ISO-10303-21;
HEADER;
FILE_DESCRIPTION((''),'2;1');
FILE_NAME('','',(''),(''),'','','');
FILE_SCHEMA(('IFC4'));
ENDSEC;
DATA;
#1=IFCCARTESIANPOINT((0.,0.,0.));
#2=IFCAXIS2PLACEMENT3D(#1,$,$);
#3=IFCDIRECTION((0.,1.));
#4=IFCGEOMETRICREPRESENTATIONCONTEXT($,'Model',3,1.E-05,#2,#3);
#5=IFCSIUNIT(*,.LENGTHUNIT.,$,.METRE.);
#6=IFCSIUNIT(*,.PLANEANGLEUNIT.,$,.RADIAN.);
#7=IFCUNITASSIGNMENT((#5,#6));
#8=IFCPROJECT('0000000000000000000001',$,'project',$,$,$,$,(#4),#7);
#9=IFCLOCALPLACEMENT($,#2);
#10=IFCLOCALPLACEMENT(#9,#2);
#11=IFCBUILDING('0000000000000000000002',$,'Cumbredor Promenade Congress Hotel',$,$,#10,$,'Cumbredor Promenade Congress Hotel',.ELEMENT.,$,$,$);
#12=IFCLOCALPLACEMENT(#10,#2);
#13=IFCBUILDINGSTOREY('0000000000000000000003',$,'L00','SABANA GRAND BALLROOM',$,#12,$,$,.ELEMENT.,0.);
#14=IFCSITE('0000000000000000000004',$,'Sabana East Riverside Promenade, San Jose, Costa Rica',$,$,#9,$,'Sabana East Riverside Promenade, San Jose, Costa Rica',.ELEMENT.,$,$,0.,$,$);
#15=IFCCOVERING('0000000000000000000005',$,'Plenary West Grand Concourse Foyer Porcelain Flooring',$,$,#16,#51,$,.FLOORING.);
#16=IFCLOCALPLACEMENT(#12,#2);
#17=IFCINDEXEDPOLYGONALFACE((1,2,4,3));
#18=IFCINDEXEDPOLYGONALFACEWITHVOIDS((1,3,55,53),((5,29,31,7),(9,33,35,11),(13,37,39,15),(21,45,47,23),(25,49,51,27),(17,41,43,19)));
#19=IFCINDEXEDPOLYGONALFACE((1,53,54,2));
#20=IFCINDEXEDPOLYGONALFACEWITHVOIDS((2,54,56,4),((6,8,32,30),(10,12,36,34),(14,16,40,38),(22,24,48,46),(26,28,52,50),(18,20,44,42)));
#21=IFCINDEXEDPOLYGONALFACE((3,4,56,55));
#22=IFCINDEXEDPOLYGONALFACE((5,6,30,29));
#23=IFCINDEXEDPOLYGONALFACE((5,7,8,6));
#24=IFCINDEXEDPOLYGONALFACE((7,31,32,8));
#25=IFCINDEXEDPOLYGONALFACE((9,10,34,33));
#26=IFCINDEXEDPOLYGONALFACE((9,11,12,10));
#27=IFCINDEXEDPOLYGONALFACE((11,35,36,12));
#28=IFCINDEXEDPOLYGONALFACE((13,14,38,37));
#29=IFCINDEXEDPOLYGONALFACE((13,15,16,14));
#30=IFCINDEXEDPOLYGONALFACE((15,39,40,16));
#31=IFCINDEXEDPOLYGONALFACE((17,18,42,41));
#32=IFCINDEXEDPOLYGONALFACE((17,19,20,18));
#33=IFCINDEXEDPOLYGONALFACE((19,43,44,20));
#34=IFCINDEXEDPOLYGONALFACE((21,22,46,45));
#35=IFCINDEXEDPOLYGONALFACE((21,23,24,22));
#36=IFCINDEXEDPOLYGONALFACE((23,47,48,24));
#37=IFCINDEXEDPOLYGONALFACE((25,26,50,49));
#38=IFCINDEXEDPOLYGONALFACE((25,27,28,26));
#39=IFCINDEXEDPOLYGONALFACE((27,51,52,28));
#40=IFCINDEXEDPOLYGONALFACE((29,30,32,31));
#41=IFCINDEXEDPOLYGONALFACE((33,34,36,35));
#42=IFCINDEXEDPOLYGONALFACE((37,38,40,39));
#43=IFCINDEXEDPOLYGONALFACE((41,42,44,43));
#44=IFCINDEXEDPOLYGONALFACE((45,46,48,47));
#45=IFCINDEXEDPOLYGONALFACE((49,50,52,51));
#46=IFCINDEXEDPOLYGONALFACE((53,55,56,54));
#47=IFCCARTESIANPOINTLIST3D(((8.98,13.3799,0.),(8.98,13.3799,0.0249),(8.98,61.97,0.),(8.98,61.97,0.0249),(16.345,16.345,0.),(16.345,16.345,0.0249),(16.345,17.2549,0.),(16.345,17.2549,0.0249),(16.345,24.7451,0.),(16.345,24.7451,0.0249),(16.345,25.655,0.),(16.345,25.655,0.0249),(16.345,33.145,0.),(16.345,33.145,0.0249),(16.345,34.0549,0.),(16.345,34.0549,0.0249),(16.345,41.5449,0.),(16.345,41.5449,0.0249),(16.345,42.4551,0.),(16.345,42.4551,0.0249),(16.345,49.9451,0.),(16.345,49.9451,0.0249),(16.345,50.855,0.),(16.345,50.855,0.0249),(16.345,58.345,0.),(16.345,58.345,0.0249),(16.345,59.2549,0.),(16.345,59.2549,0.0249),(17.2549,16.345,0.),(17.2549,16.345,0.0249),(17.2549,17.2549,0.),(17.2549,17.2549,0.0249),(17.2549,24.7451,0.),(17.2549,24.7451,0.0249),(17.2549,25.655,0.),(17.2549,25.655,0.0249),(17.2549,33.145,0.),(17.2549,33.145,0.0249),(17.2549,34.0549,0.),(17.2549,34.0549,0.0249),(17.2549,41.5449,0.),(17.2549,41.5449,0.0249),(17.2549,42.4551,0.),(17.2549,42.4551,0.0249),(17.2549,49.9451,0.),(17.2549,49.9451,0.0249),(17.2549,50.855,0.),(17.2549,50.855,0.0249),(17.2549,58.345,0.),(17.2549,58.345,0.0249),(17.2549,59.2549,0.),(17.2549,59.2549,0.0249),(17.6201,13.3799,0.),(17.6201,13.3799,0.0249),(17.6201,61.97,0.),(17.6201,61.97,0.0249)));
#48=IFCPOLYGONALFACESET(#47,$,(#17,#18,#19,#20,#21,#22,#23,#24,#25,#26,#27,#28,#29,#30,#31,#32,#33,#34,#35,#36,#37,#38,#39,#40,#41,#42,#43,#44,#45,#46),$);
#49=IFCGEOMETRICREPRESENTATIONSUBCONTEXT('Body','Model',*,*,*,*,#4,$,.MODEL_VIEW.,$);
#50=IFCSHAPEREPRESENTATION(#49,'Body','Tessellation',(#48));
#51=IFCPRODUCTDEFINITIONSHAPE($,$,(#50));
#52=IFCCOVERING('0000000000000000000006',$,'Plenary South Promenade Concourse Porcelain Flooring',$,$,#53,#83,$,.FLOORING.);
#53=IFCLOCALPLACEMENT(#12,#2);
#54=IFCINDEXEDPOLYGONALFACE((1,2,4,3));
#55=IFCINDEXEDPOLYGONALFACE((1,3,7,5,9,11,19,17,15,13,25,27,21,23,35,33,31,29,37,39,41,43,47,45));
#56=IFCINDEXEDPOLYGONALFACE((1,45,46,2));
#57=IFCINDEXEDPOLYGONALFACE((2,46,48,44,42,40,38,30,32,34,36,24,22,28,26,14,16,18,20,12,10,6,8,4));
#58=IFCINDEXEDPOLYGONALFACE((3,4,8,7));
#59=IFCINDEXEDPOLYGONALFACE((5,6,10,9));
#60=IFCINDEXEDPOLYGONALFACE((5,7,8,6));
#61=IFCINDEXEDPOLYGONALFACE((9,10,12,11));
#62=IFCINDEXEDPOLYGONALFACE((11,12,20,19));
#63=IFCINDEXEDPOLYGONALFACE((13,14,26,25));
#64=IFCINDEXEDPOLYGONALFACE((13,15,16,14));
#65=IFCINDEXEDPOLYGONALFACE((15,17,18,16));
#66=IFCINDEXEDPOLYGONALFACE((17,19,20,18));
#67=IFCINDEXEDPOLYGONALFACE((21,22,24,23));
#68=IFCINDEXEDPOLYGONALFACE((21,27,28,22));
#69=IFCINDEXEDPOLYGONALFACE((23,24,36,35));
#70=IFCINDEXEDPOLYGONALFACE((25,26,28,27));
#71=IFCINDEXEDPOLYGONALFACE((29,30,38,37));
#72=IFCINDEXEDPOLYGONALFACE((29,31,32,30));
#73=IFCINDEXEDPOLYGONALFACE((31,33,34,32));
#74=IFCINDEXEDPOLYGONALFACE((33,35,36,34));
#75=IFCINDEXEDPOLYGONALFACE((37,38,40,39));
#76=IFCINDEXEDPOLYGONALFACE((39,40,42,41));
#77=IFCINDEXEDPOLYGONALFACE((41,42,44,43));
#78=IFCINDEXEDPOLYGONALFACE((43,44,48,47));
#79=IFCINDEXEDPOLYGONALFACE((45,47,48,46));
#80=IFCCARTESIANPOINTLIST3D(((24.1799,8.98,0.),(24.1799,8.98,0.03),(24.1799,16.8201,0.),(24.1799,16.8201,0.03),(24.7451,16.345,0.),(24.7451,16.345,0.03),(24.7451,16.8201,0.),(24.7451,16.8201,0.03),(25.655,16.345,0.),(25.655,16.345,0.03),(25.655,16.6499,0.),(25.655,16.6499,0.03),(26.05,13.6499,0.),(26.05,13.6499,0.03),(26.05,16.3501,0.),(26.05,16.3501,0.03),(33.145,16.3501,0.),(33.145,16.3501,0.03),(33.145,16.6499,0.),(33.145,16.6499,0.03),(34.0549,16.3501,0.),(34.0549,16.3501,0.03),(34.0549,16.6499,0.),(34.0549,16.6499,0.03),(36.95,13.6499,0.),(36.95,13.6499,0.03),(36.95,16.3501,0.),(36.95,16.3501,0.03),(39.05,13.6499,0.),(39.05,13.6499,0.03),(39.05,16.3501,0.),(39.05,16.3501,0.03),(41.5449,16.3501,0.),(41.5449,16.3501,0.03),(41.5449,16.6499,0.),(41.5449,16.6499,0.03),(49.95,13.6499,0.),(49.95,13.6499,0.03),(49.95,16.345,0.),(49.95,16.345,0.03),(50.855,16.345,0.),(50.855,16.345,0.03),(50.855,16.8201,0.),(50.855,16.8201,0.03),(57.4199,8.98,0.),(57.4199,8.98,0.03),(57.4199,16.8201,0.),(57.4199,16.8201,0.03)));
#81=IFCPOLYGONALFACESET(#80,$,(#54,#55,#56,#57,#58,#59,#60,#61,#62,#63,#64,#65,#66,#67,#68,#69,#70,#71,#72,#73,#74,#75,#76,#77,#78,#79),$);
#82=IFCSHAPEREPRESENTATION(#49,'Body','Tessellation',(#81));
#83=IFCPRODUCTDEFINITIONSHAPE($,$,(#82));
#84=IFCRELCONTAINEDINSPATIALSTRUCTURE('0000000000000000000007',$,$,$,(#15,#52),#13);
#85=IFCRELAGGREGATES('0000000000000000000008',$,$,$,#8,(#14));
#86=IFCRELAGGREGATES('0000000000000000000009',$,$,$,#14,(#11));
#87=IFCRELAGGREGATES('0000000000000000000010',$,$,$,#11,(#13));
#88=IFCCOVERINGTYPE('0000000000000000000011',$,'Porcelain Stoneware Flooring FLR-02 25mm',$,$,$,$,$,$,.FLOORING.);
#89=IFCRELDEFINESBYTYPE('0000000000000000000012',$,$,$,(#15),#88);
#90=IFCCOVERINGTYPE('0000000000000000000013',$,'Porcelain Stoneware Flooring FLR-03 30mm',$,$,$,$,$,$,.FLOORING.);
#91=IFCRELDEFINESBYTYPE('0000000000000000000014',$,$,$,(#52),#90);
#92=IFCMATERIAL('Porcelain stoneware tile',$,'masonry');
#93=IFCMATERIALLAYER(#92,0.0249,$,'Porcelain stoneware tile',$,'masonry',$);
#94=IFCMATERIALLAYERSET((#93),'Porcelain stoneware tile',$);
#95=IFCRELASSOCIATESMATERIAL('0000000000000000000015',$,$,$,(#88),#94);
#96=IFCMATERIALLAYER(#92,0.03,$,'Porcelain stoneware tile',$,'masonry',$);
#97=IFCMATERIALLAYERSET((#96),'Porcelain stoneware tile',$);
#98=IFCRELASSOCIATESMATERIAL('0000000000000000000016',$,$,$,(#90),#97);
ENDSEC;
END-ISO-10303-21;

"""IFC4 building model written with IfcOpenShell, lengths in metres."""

from ifc_helpers import new_model, si_unit, direction, origin, place, context, subcontext, project, spatial, polyline, outline, extrude, material, layer, layer_set, type_object, element, save


model = new_model("IFC4")

# Units and contexts
model_context = context("Model", 3, precision=1e-05, world=origin(), true_north=direction((0.0, 1.0)))
body_context = subcontext(model_context, "Body", "Model", "MODEL_VIEW")
ifc_project = project(units=[si_unit("LENGTHUNIT", "METRE"), si_unit("PLANEANGLEUNIT", "RADIAN")], contexts=[model_context])

# Site, building, storey
site_placement = place(None, origin())
site = spatial("IfcSite", under=ifc_project, at=site_placement, Name="Sabana East Riverside Promenade, San Jose, Costa Rica", LongName="Sabana East Riverside Promenade, San Jose, Costa Rica", CompositionType="ELEMENT", RefElevation=0.0)
building_placement = place(site_placement, origin())
building = spatial("IfcBuilding", under=site, at=building_placement, Name="Cumbredor Promenade Congress Hotel", LongName="Cumbredor Promenade Congress Hotel", CompositionType="ELEMENT")
storey_placement = place(building_placement, origin())
storey = spatial("IfcBuildingStorey", under=building, at=storey_placement, Name="L00", Description="SABANA GRAND BALLROOM", CompositionType="ELEMENT", Elevation=0.0)

# Coverings
ifc_material_1 = material(Name="Porcelain stoneware tile", Category="masonry")
ifc_layer_1 = layer(ifc_material_1, 0.0249, Name="Porcelain stoneware tile", Category="masonry")
ifc_layer_set_1 = layer_set([ifc_layer_1], Name="Porcelain stoneware tile")
covering_type_1 = type_object("IfcCoveringType", Name="Porcelain Stoneware Flooring FLR-02 25mm", PredefinedType="FLOORING", material=ifc_layer_set_1)
covering_1_placement = place(storey_placement, origin())
element("IfcCovering", 1, at=covering_1_placement, inside=storey, type_object=covering_type_1, Name="Plenary West Grand Concourse Foyer Porcelain Flooring", PredefinedType="FLOORING", context=body_context, shape_type="SweptSolid", body=[
    extrude(outline(polyline([(17.6201, 61.97), (17.6201, 13.3799), (8.98, 13.3799), (8.98, 61.97), (17.6201, 61.97)]), holes=[polyline([(16.345, 17.2549), (16.345, 16.345), (17.2549, 16.345), (17.2549, 17.2549), (16.345, 17.2549)]), polyline([(17.2549, 25.655), (16.345, 25.655), (16.345, 24.7451), (17.2549, 24.7451), (17.2549, 25.655)]), polyline([(17.2549, 33.145), (17.2549, 34.0549), (16.345, 34.0549), (16.345, 33.145), (17.2549, 33.145)]), polyline([(16.345, 41.5449), (17.2549, 41.5449), (17.2549, 42.4551), (16.345, 42.4551), (16.345, 41.5449)]), polyline([(16.345, 50.855), (16.345, 49.9451), (17.2549, 49.9451), (17.2549, 50.855), (16.345, 50.855)]), polyline([(17.2549, 59.2549), (16.345, 59.2549), (16.345, 58.345), (17.2549, 58.345), (17.2549, 59.2549)])]), origin(), (0.0, 0.0, 1.0), 0.0249),
])
ifc_layer_2 = layer(ifc_material_1, 0.03, Name="Porcelain stoneware tile", Category="masonry")
ifc_layer_set_2 = layer_set([ifc_layer_2], Name="Porcelain stoneware tile")
covering_type_2 = type_object("IfcCoveringType", Name="Porcelain Stoneware Flooring FLR-03 30mm", PredefinedType="FLOORING", material=ifc_layer_set_2)
covering_2_placement = place(storey_placement, origin())
element("IfcCovering", 2, at=covering_2_placement, inside=storey, type_object=covering_type_2, Name="Plenary South Promenade Concourse Porcelain Flooring", PredefinedType="FLOORING", context=body_context, shape_type="SweptSolid", body=[
    extrude(outline(polyline([(24.7451, 16.8201), (24.7451, 16.345), (25.655, 16.345), (25.655, 16.6499), (33.145, 16.6499), (33.145, 16.3501), (26.05, 16.3501), (26.05, 13.6499), (36.95, 13.6499), (36.95, 16.3501), (34.0549, 16.3501), (34.0549, 16.6499), (41.5449, 16.6499), (41.5449, 16.3501), (39.05, 16.3501), (39.05, 13.6499), (49.95, 13.6499), (49.95, 16.345), (50.855, 16.345), (50.855, 16.8201), (57.4199, 16.8201), (57.4199, 8.98), (24.1799, 8.98), (24.1799, 16.8201), (24.7451, 16.8201)])), origin(), (0.0, 0.0, 1.0), 0.03),
])

save(model, "model.ifc")
